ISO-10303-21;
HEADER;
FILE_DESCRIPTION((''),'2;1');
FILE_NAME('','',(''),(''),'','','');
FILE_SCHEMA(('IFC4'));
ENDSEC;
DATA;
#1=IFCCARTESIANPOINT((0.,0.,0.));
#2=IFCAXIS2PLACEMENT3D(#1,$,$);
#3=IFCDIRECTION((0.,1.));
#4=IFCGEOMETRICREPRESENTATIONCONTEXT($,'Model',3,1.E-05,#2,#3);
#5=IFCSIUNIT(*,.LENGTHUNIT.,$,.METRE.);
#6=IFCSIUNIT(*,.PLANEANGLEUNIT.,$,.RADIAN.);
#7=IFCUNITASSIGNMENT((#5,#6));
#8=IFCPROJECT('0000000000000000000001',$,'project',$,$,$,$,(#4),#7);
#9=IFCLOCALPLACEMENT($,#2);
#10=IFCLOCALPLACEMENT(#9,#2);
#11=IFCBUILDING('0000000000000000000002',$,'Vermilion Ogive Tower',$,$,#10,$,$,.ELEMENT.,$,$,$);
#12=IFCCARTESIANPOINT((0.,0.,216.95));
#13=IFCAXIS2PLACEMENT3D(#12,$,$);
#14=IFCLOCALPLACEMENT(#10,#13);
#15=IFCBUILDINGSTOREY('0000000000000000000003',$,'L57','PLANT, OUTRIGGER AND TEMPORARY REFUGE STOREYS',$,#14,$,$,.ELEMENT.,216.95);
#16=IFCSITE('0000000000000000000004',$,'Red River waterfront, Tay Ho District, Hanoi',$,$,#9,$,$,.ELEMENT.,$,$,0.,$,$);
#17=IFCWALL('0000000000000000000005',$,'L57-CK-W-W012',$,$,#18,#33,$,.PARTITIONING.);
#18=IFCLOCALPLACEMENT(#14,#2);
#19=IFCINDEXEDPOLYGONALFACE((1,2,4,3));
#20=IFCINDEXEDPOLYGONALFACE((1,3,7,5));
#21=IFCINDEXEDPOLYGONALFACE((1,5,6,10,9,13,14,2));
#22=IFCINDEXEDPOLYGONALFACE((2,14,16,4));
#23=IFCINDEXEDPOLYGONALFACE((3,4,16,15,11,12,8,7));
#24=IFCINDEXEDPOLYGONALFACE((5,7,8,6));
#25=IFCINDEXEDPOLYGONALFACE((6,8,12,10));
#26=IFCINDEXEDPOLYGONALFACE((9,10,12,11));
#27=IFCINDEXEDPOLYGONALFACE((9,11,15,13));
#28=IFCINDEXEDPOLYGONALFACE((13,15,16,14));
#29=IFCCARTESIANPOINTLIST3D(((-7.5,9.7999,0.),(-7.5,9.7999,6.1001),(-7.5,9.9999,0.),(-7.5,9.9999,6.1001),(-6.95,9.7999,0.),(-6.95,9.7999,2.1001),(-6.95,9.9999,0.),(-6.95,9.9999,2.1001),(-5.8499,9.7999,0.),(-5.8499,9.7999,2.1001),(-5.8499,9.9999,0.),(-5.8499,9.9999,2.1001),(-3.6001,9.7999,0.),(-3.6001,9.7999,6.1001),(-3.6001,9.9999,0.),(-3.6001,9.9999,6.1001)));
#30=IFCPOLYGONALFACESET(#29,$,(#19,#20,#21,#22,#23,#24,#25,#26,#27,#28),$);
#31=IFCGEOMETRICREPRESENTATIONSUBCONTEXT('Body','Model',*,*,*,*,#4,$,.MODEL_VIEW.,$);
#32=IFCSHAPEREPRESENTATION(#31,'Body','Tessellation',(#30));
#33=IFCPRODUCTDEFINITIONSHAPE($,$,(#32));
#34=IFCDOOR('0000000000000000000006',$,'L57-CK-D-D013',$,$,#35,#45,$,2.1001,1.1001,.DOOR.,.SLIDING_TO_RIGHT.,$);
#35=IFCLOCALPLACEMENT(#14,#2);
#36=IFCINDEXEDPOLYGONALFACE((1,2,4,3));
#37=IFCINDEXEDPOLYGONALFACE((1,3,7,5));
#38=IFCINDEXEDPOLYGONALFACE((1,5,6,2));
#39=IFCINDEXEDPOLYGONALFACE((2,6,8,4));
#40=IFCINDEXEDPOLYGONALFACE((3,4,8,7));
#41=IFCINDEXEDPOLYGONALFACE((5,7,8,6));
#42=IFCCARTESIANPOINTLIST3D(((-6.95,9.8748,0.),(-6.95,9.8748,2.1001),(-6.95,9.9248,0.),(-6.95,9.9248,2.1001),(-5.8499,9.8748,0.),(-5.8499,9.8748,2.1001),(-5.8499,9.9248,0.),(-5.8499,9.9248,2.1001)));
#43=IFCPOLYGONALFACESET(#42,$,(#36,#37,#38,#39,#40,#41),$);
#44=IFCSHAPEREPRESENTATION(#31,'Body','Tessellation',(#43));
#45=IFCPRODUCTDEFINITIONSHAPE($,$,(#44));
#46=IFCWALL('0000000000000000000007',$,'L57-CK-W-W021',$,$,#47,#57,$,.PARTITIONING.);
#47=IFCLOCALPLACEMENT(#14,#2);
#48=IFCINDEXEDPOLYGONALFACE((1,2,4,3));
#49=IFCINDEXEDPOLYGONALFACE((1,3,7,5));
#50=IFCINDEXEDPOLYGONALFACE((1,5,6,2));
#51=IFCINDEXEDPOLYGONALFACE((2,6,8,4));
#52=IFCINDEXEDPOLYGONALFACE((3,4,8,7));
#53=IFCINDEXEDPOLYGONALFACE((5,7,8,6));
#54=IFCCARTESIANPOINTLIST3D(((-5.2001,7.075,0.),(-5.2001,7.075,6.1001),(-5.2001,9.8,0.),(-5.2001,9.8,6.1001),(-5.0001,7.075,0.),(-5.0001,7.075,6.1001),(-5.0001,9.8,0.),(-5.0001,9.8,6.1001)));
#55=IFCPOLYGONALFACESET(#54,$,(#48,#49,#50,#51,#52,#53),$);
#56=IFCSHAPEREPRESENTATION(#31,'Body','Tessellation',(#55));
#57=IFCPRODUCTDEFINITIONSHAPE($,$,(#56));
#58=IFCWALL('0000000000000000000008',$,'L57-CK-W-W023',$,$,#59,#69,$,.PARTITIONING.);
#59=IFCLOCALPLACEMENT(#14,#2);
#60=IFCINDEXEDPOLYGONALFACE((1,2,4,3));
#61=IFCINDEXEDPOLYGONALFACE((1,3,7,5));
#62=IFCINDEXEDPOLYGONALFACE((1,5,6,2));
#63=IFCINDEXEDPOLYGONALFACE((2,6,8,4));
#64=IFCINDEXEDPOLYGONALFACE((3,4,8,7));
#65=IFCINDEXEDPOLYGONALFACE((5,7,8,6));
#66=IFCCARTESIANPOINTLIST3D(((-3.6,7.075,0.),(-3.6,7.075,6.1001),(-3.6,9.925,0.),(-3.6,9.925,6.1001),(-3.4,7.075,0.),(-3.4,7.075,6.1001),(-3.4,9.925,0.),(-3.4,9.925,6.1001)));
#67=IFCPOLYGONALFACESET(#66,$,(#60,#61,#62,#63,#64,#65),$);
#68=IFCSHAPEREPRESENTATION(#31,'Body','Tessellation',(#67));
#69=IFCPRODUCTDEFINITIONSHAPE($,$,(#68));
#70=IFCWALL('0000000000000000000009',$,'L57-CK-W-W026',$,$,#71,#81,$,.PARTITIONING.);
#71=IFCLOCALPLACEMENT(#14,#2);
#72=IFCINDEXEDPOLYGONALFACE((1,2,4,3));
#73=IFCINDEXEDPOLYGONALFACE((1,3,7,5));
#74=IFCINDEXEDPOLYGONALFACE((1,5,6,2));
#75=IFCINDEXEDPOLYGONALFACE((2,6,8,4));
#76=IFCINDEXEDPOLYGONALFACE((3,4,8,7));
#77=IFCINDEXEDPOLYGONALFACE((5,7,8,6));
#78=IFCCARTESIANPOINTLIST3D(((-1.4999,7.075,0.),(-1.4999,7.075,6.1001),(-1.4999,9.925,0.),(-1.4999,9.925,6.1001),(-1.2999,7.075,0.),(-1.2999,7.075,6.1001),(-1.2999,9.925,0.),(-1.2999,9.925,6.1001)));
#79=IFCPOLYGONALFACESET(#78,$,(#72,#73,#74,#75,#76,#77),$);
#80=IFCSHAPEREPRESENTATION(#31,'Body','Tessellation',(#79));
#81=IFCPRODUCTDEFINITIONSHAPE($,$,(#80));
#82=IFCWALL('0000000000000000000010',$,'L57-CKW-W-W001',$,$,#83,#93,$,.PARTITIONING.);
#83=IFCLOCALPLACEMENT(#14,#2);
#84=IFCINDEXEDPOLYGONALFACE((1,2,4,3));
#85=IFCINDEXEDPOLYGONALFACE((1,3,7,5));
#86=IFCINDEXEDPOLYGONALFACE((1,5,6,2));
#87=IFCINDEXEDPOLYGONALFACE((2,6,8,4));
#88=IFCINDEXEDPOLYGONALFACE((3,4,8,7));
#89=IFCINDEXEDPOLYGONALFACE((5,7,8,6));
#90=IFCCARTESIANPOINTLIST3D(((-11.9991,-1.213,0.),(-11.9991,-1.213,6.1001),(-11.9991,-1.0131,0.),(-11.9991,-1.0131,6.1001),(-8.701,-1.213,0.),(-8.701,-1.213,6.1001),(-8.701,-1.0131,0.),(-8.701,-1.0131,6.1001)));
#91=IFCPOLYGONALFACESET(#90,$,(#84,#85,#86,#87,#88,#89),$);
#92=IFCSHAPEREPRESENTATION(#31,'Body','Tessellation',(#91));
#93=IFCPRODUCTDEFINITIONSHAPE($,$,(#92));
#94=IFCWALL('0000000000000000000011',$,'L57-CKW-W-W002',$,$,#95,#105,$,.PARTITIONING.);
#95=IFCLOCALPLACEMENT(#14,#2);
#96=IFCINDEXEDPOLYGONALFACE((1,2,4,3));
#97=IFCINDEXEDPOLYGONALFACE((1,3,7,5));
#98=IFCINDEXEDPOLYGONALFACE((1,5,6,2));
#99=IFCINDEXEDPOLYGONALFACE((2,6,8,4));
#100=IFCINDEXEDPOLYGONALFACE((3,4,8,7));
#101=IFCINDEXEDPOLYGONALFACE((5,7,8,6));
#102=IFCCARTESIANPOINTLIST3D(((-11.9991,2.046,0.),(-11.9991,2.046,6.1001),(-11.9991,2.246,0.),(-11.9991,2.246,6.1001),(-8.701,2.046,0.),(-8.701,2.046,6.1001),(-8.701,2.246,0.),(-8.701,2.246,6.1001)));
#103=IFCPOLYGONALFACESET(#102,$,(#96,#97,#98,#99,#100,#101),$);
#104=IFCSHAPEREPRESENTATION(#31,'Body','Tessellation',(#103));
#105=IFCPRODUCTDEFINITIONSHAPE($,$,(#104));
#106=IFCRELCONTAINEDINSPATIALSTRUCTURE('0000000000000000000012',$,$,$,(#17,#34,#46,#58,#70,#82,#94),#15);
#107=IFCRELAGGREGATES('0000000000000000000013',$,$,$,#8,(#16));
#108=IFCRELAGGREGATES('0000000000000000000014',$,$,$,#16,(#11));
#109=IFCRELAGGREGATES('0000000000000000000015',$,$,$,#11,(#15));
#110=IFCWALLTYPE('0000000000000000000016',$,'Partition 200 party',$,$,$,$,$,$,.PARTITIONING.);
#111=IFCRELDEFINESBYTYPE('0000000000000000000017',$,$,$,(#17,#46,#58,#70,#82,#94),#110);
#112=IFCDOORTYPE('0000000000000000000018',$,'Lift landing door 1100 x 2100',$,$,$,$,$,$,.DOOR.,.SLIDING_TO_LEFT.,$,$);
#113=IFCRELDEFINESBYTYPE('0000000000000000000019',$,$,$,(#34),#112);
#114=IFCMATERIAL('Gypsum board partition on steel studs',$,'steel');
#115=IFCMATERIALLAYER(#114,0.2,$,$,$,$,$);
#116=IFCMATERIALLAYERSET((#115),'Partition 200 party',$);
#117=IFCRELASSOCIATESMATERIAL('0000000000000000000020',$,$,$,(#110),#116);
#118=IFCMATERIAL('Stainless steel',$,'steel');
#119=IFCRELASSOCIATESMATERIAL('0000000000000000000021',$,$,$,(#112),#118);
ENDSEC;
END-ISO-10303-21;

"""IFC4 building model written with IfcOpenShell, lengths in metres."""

from ifc_helpers import new_model, si_unit, direction, frame, frame_2d, origin, place, context, subcontext, project, spatial, rectangle, extrude, material, layer, layer_set, type_object, element, fill, save


model = new_model("IFC4")

# Units and contexts
model_context = context("Model", 3, precision=1e-05, world=origin(), true_north=direction((0.0, 1.0)))
body_context = subcontext(model_context, "Body", "Model", "MODEL_VIEW")
ifc_project = project(units=[si_unit("LENGTHUNIT", "METRE"), si_unit("PLANEANGLEUNIT", "RADIAN")], contexts=[model_context])

# Site, building, storey
site_placement = place(None, origin())
site = spatial("IfcSite", under=ifc_project, at=site_placement, Name="Red River waterfront, Tay Ho District, Hanoi", CompositionType="ELEMENT", RefElevation=0.0)
building_placement = place(site_placement, origin())
building = spatial("IfcBuilding", under=site, at=building_placement, Name="Vermilion Ogive Tower", CompositionType="ELEMENT")
storey_placement = place(building_placement, frame((0.0, 0.0, 216.95)))
storey = spatial("IfcBuildingStorey", under=building, at=storey_placement, Name="L57", Description="PLANT, OUTRIGGER AND TEMPORARY REFUGE STOREYS", CompositionType="ELEMENT", Elevation=216.95)

# Shared definitions
ifc_material_1 = material(Name="Gypsum board partition on steel studs", Category="steel")
ifc_layer_1 = layer(ifc_material_1, 0.2)
ifc_layer_set_1 = layer_set([ifc_layer_1], Name="Partition 200 party")
wall_type_1 = type_object("IfcWallType", Name="Partition 200 party", PredefinedType="PARTITIONING", material=ifc_layer_set_1)

# Wall, opening, door
wall_1_placement = place(storey_placement, frame((-7.5, 9.8999, 0.0), z_axis=(0.0, 0.0, 1.0), x_axis=(1.0, 0.0, 0.0)))
wall_1 = element("IfcWall", 1, at=wall_1_placement, inside=storey, type_object=wall_type_1, Name="L57-CK-W-W012", PredefinedType="PARTITIONING", context=body_context, shape_type="SweptSolid", body=[
    extrude(rectangle(XDim=3.8999, YDim=0.2, at=frame_2d((1.95, 0.0))), origin(), (0.0, 0.0, 1.0), 6.1001),
])
opening_1_placement = place(wall_1_placement, frame((0.55, 0.0, 0.0)))
opening_1 = element("IfcOpeningElement", 2, at=opening_1_placement, cuts=wall_1, PredefinedType="OPENING", context=body_context, shape_type="SweptSolid", body=[
    extrude(rectangle(XDim=1.1001, YDim=2.1001, at=frame_2d((0.55, 1.05))), frame((0.0, 0.1099, 0.0), z_axis=(0.0, -1.0, 0.0), x_axis=(1.0, 0.0, 0.0)), (0.0, 0.0, 1.0), 0.22),
])
ifc_material_2 = material(Name="Stainless steel", Category="steel")
door_type_1 = type_object("IfcDoorType", Name="Lift landing door 1100 x 2100", OperationType="SLIDING_TO_LEFT", PredefinedType="DOOR", material=ifc_material_2)
door_1_placement = place(opening_1_placement, origin())
door_1 = element("IfcDoor", 3, at=door_1_placement, inside=storey, type_object=door_type_1, Name="L57-CK-D-D013", OperationType="SLIDING_TO_RIGHT", OverallHeight=2.1001, OverallWidth=1.1001, PredefinedType="DOOR", context=body_context, shape_type="SweptSolid", body=[
    extrude(rectangle(XDim=1.1001, YDim=2.1001, at=frame_2d((0.55, 1.05))), frame((0.0, 0.0249, 0.0), z_axis=(0.0, -1.0, 0.0), x_axis=(1.0, 0.0, 0.0)), (0.0, 0.0, 1.0), 0.05),
])
fill(opening_1, door_1)

# Walls
wall_2_placement = place(storey_placement, frame((-5.1001, 7.075, 0.0), z_axis=(0.0, 0.0, 1.0), x_axis=(0.0, 1.0, 0.0)))
element("IfcWall", 4, at=wall_2_placement, inside=storey, type_object=wall_type_1, Name="L57-CK-W-W021", PredefinedType="PARTITIONING", context=body_context, shape_type="SweptSolid", body=[
    extrude(rectangle(XDim=2.7251, YDim=0.2, at=frame_2d((1.3625, 0.0))), origin(), (0.0, 0.0, 1.0), 6.1001),
])
for number, where, z_axis, x_axis, name in (
    (5, (-3.5, 7.075, 0.0), (0.0, 0.0, 1.0), (0.0, 1.0, 0.0), "L57-CK-W-W023"),
    (6, (-1.3999, 7.075, 0.0), (0.0, 0.0, 1.0), (0.0, 1.0, 0.0), "L57-CK-W-W026"),
):
    element("IfcWall", number, at=place(storey_placement, frame(where, z_axis=z_axis, x_axis=x_axis)), inside=storey, type_object=wall_type_1, Name=name, PredefinedType="PARTITIONING", context=body_context, shape_type="SweptSolid", body=[
        extrude(rectangle(XDim=2.8501, YDim=0.2, at=frame_2d((1.425, 0.0))), origin(), (0.0, 0.0, 1.0), 6.1001),
    ])
for number, where, z_axis, x_axis, name in (
    (7, (-11.999, -1.113, 0.0), (0.0, 0.0, 1.0), (1.0, 0.0, 0.0), "L57-CKW-W-W001"),
    (8, (-11.999, 2.146, 0.0), (0.0, 0.0, 1.0), (1.0, 0.0, 0.0), "L57-CKW-W-W002"),
):
    element("IfcWall", number, at=place(storey_placement, frame(where, z_axis=z_axis, x_axis=x_axis)), inside=storey, type_object=wall_type_1, Name=name, PredefinedType="PARTITIONING", context=body_context, shape_type="SweptSolid", body=[
        extrude(rectangle(XDim=3.2981, YDim=0.2, at=frame_2d((1.6489, 0.0))), origin(), (0.0, 0.0, 1.0), 6.1001),
    ])

save(model, "model.ifc")
